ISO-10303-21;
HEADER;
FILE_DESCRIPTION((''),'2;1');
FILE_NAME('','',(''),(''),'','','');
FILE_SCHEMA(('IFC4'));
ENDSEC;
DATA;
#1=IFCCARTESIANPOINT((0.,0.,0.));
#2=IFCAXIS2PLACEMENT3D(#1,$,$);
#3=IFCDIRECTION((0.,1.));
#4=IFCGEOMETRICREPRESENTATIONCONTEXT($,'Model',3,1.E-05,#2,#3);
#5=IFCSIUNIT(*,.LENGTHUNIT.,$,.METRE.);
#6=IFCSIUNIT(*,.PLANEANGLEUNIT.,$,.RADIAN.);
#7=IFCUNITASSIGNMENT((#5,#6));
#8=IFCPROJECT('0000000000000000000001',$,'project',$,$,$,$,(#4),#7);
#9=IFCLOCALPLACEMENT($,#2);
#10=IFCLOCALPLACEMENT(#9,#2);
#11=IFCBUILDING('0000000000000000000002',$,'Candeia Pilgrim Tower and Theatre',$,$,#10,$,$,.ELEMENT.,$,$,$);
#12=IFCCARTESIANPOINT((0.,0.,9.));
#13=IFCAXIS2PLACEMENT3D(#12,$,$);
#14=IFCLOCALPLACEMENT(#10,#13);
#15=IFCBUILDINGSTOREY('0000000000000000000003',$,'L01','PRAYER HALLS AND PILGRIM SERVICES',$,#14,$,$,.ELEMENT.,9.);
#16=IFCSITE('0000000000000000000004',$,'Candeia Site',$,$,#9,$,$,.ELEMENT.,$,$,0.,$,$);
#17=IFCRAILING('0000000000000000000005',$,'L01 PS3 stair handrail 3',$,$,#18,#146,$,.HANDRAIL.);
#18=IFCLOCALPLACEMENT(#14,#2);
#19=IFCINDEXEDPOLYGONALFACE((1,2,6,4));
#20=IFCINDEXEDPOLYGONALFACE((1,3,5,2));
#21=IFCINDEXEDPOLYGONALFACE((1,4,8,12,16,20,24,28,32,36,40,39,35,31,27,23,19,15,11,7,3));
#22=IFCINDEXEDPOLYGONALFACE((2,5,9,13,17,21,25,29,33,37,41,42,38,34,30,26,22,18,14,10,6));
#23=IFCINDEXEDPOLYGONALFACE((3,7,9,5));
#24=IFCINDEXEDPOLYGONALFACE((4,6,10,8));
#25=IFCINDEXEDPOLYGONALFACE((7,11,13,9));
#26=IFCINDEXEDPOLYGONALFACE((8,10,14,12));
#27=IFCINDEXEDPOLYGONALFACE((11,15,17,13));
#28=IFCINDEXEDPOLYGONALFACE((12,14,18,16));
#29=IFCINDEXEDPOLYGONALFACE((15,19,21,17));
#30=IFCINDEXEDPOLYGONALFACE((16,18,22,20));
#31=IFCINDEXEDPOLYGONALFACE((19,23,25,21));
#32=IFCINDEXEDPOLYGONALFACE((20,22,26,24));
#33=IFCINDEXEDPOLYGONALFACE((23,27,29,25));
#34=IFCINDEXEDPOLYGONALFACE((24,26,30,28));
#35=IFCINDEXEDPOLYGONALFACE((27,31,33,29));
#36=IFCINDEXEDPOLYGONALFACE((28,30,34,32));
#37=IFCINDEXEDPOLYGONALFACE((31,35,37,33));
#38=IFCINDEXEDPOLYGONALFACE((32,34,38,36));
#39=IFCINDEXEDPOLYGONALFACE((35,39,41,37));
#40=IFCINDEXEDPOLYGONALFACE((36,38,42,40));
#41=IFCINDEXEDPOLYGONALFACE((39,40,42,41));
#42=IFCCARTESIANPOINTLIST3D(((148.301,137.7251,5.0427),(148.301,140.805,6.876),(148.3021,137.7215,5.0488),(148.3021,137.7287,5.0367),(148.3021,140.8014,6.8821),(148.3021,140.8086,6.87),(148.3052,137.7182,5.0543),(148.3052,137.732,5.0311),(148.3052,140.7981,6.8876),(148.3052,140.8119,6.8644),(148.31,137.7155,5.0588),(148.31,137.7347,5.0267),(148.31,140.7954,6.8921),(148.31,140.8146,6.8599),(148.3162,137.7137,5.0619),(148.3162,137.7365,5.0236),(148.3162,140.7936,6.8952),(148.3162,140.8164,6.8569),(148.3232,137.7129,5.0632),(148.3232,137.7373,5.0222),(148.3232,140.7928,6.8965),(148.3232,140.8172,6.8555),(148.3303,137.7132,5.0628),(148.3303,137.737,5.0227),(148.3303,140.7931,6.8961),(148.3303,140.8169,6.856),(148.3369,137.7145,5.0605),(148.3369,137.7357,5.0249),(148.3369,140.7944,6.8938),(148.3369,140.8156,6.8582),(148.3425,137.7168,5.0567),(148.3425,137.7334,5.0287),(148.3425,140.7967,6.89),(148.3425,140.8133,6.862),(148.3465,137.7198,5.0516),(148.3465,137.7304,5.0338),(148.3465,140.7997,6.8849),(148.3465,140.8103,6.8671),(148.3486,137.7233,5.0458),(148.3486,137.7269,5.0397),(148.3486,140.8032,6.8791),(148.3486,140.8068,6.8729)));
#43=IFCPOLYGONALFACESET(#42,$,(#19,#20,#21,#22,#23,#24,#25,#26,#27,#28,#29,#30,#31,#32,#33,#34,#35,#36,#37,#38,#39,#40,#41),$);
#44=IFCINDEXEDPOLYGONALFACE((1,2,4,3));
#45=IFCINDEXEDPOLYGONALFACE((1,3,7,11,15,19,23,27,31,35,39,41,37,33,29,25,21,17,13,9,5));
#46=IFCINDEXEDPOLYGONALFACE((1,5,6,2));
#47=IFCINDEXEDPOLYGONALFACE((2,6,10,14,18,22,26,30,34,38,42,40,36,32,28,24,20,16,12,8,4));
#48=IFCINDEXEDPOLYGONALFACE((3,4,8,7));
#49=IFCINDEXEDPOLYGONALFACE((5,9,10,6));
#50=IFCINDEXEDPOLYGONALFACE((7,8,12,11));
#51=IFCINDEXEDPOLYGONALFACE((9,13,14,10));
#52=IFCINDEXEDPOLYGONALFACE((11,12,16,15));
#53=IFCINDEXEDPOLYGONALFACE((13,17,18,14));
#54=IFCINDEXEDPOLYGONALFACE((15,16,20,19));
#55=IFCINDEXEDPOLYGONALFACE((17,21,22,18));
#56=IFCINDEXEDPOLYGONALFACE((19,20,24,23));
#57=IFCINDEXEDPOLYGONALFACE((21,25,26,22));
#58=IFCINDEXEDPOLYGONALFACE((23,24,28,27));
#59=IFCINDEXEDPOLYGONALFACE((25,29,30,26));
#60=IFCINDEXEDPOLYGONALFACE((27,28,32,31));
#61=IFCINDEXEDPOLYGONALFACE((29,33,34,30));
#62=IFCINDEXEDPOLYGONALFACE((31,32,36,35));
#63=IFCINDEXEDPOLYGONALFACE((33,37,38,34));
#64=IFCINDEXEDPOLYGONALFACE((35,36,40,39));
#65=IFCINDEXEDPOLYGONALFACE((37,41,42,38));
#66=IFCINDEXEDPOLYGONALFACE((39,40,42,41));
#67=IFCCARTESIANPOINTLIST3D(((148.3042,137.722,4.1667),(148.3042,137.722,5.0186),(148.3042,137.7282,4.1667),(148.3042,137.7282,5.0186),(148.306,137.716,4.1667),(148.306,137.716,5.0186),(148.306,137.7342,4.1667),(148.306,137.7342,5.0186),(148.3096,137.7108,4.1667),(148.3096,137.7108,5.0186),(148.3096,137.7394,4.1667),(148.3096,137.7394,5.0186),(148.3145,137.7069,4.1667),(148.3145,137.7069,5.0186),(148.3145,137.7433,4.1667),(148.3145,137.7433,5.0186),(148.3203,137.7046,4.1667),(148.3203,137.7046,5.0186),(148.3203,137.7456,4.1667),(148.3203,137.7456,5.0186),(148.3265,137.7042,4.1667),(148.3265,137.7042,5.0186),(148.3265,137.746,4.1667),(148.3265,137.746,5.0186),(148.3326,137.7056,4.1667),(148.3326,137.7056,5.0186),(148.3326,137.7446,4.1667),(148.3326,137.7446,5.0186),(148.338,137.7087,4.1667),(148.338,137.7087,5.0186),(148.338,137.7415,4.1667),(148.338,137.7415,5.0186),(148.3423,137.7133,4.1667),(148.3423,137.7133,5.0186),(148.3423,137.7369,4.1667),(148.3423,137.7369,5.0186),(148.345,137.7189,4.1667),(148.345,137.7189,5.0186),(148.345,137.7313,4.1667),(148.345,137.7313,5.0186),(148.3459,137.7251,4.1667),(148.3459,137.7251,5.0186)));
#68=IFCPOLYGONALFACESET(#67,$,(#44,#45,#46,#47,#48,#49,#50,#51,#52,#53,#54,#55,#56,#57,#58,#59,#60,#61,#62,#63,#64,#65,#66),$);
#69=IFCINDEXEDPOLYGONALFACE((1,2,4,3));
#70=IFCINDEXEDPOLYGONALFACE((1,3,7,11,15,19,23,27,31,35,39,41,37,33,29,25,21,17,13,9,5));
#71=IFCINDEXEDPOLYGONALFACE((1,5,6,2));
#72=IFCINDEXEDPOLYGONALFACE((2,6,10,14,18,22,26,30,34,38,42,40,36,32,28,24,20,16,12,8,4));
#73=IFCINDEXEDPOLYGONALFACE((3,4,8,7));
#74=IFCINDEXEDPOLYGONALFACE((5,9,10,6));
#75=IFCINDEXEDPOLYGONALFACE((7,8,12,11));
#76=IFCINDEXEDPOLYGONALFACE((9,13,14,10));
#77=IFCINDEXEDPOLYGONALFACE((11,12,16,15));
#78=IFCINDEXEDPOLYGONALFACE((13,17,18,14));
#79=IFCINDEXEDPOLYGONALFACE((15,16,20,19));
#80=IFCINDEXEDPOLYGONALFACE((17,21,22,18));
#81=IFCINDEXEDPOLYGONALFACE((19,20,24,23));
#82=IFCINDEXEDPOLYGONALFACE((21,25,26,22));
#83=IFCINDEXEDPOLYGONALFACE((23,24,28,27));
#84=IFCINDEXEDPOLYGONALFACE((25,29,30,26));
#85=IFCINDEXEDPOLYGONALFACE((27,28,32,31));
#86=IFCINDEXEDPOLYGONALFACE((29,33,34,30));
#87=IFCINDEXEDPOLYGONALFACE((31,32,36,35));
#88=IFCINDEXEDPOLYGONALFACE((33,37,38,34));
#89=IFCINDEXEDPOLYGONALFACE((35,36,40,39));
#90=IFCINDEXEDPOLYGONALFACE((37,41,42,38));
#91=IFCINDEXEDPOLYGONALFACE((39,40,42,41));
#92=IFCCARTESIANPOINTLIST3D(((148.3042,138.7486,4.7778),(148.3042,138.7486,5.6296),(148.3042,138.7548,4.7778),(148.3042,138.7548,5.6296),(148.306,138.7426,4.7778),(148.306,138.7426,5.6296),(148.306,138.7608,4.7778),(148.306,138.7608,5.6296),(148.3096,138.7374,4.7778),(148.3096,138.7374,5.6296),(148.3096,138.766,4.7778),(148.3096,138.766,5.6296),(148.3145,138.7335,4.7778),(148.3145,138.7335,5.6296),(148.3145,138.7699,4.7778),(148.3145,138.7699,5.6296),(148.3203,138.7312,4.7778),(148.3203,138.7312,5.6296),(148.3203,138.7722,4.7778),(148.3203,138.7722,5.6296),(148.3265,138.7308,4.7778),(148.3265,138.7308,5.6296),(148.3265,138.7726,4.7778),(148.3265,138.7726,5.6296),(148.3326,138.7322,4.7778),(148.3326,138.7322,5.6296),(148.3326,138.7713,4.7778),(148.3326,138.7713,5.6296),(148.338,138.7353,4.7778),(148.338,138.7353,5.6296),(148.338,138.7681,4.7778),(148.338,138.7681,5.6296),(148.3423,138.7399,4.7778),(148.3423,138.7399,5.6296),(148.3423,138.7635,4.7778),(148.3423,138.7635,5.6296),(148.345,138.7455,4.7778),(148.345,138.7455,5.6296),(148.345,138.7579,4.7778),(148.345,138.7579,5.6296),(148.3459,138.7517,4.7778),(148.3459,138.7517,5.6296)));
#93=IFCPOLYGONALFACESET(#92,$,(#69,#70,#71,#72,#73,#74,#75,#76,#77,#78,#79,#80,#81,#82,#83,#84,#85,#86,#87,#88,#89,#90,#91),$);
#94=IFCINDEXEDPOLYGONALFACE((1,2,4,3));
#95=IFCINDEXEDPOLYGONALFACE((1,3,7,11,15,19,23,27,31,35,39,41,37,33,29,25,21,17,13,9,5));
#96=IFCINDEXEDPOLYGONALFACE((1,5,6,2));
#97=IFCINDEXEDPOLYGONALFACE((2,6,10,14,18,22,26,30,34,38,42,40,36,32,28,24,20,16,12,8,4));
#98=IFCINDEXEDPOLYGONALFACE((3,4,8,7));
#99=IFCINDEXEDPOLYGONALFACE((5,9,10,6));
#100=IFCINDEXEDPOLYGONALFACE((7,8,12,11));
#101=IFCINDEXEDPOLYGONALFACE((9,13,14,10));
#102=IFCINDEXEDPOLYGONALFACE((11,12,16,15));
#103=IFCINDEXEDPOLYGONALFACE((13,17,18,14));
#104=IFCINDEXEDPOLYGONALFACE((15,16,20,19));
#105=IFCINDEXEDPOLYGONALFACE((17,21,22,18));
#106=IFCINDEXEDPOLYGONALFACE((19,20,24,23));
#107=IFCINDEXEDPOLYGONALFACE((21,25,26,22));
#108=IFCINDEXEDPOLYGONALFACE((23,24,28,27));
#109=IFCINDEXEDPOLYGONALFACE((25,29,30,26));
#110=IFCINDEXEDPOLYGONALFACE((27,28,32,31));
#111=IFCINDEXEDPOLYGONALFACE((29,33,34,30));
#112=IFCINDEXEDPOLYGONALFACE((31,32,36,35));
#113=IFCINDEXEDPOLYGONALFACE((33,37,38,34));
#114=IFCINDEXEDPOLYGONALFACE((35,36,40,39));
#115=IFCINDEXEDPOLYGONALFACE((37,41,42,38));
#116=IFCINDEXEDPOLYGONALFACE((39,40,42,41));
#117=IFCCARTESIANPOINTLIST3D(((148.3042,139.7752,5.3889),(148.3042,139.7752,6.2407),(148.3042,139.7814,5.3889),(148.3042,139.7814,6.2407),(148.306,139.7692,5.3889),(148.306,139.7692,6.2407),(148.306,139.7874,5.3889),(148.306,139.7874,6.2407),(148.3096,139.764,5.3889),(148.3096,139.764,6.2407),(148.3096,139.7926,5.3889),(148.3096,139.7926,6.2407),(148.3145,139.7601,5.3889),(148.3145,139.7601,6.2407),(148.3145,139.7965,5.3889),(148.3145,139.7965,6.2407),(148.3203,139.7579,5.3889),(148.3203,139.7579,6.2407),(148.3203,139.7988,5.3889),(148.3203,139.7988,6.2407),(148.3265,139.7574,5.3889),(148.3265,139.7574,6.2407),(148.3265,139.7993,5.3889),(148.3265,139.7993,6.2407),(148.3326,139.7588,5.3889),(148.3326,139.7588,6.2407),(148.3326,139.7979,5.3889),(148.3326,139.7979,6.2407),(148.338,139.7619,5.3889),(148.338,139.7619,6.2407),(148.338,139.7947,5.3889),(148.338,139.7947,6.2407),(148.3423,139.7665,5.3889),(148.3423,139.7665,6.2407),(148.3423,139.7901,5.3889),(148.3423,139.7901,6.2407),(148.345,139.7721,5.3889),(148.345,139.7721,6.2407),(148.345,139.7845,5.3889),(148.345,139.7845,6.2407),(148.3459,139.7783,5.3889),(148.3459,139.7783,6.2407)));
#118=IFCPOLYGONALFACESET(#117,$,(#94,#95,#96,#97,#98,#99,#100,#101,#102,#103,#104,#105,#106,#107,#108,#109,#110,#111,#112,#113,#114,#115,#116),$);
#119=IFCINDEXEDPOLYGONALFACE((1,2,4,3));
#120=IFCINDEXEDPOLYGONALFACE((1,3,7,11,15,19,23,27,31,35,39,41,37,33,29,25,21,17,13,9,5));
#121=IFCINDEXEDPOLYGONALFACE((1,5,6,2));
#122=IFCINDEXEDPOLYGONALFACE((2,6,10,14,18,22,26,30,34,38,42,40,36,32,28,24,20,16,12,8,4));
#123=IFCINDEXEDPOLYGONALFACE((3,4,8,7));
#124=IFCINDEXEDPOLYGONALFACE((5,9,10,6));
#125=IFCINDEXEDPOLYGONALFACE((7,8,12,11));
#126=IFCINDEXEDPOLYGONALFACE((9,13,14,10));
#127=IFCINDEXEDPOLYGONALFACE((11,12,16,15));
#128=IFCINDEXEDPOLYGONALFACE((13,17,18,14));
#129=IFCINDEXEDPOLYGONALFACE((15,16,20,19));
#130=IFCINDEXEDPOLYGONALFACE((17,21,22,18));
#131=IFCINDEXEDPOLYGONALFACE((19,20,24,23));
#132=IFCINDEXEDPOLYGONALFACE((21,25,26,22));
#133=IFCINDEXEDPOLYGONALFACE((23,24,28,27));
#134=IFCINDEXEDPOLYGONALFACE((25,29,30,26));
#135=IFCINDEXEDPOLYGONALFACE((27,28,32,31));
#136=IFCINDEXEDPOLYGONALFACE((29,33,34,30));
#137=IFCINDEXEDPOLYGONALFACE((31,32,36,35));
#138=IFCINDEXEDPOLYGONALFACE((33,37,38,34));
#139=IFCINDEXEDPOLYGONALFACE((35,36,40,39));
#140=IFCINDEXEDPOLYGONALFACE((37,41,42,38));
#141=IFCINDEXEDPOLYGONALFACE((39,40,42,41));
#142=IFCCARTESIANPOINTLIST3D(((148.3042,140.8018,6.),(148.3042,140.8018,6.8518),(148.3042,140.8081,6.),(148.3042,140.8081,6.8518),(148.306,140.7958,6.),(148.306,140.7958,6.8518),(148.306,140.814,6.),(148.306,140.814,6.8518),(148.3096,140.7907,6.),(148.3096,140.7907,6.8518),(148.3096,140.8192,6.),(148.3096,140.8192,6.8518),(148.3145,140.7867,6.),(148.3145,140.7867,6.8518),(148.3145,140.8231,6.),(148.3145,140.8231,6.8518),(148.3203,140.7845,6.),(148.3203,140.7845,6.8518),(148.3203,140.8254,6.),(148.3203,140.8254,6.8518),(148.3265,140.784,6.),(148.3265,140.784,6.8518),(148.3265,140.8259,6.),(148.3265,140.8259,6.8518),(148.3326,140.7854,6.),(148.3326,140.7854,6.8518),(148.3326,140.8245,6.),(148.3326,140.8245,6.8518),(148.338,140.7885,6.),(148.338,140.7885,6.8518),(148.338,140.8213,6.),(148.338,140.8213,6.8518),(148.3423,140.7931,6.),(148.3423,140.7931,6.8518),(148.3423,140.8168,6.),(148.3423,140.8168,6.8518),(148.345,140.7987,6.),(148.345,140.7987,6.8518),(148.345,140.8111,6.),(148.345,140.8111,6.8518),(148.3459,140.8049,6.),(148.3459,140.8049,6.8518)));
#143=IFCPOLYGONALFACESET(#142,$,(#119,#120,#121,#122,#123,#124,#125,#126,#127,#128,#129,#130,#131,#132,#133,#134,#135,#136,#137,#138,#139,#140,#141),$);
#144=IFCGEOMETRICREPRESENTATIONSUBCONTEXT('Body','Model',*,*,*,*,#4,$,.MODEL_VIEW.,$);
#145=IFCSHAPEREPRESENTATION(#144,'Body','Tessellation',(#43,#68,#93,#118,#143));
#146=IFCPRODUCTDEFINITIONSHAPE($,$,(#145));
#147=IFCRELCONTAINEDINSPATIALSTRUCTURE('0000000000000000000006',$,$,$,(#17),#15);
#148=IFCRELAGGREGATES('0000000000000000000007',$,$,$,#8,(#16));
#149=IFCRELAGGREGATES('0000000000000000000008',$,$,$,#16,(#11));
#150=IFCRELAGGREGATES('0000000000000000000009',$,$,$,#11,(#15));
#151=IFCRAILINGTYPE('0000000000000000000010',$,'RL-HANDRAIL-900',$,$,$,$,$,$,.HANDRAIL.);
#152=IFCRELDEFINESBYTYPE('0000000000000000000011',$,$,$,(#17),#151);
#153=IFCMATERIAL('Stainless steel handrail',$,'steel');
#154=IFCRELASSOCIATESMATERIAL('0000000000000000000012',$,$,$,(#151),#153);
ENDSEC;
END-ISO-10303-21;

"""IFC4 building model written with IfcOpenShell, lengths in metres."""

from ifc_helpers import new_model, si_unit, direction, frame, origin, origin_2d, place, context, subcontext, project, spatial, circle, extrude, material, type_object, element, save


model = new_model("IFC4")

# Units and contexts
model_context = context("Model", 3, precision=1e-05, world=origin(), true_north=direction((0.0, 1.0)))
body_context = subcontext(model_context, "Body", "Model", "MODEL_VIEW")
ifc_project = project(units=[si_unit("LENGTHUNIT", "METRE"), si_unit("PLANEANGLEUNIT", "RADIAN")], contexts=[model_context])

# Site, building, storey
site_placement = place(None, origin())
site = spatial("IfcSite", under=ifc_project, at=site_placement, Name="Candeia Site", CompositionType="ELEMENT", RefElevation=0.0)
building_placement = place(site_placement, origin())
building = spatial("IfcBuilding", under=site, at=building_placement, Name="Candeia Pilgrim Tower and Theatre", CompositionType="ELEMENT")
storey_placement = place(building_placement, frame((0.0, 0.0, 9.0)))
storey = spatial("IfcBuildingStorey", under=building, at=storey_placement, Name="L01", Description="PRAYER HALLS AND PILGRIM SERVICES", CompositionType="ELEMENT", Elevation=9.0)

# Railing
ifc_material_1 = material(Name="Stainless steel handrail", Category="steel")
railing_type_1 = type_object("IfcRailingType", Name="RL-HANDRAIL-900", PredefinedType="HANDRAIL", material=ifc_material_1)
for number, where, name in (
    (1, (148.325, 137.7251, 4.1667), "L01 PS3 stair handrail 3"),
):
    element("IfcRailing", number, at=place(storey_placement, frame(where)), inside=storey, type_object=railing_type_1, Name=name, PredefinedType="HANDRAIL", context=body_context, shape_type="SweptSolid", body=[
        extrude(circle(Radius=0.0239, at=origin_2d()), frame((0.0, 0.0, 0.876), z_axis=(0.0, 0.859291, 0.511487), x_axis=(-1.0, 0.0, 0.0)), (0.0, 0.0, 1.0), 3.5842),
        extrude(circle(Radius=0.021, at=origin_2d()), origin(), (0.0, 0.0, 1.0), 0.8518),
        extrude(circle(Radius=0.021, at=origin_2d()), frame((0.0, 1.0266, 0.6111)), (0.0, 0.0, 1.0), 0.8518),
        extrude(circle(Radius=0.021, at=origin_2d()), frame((0.0, 2.0532, 1.2222)), (0.0, 0.0, 1.0), 0.8518),
        extrude(circle(Radius=0.021, at=origin_2d()), frame((0.0, 3.0798, 1.8333)), (0.0, 0.0, 1.0), 0.8518),
    ])

save(model, "model.ifc")
